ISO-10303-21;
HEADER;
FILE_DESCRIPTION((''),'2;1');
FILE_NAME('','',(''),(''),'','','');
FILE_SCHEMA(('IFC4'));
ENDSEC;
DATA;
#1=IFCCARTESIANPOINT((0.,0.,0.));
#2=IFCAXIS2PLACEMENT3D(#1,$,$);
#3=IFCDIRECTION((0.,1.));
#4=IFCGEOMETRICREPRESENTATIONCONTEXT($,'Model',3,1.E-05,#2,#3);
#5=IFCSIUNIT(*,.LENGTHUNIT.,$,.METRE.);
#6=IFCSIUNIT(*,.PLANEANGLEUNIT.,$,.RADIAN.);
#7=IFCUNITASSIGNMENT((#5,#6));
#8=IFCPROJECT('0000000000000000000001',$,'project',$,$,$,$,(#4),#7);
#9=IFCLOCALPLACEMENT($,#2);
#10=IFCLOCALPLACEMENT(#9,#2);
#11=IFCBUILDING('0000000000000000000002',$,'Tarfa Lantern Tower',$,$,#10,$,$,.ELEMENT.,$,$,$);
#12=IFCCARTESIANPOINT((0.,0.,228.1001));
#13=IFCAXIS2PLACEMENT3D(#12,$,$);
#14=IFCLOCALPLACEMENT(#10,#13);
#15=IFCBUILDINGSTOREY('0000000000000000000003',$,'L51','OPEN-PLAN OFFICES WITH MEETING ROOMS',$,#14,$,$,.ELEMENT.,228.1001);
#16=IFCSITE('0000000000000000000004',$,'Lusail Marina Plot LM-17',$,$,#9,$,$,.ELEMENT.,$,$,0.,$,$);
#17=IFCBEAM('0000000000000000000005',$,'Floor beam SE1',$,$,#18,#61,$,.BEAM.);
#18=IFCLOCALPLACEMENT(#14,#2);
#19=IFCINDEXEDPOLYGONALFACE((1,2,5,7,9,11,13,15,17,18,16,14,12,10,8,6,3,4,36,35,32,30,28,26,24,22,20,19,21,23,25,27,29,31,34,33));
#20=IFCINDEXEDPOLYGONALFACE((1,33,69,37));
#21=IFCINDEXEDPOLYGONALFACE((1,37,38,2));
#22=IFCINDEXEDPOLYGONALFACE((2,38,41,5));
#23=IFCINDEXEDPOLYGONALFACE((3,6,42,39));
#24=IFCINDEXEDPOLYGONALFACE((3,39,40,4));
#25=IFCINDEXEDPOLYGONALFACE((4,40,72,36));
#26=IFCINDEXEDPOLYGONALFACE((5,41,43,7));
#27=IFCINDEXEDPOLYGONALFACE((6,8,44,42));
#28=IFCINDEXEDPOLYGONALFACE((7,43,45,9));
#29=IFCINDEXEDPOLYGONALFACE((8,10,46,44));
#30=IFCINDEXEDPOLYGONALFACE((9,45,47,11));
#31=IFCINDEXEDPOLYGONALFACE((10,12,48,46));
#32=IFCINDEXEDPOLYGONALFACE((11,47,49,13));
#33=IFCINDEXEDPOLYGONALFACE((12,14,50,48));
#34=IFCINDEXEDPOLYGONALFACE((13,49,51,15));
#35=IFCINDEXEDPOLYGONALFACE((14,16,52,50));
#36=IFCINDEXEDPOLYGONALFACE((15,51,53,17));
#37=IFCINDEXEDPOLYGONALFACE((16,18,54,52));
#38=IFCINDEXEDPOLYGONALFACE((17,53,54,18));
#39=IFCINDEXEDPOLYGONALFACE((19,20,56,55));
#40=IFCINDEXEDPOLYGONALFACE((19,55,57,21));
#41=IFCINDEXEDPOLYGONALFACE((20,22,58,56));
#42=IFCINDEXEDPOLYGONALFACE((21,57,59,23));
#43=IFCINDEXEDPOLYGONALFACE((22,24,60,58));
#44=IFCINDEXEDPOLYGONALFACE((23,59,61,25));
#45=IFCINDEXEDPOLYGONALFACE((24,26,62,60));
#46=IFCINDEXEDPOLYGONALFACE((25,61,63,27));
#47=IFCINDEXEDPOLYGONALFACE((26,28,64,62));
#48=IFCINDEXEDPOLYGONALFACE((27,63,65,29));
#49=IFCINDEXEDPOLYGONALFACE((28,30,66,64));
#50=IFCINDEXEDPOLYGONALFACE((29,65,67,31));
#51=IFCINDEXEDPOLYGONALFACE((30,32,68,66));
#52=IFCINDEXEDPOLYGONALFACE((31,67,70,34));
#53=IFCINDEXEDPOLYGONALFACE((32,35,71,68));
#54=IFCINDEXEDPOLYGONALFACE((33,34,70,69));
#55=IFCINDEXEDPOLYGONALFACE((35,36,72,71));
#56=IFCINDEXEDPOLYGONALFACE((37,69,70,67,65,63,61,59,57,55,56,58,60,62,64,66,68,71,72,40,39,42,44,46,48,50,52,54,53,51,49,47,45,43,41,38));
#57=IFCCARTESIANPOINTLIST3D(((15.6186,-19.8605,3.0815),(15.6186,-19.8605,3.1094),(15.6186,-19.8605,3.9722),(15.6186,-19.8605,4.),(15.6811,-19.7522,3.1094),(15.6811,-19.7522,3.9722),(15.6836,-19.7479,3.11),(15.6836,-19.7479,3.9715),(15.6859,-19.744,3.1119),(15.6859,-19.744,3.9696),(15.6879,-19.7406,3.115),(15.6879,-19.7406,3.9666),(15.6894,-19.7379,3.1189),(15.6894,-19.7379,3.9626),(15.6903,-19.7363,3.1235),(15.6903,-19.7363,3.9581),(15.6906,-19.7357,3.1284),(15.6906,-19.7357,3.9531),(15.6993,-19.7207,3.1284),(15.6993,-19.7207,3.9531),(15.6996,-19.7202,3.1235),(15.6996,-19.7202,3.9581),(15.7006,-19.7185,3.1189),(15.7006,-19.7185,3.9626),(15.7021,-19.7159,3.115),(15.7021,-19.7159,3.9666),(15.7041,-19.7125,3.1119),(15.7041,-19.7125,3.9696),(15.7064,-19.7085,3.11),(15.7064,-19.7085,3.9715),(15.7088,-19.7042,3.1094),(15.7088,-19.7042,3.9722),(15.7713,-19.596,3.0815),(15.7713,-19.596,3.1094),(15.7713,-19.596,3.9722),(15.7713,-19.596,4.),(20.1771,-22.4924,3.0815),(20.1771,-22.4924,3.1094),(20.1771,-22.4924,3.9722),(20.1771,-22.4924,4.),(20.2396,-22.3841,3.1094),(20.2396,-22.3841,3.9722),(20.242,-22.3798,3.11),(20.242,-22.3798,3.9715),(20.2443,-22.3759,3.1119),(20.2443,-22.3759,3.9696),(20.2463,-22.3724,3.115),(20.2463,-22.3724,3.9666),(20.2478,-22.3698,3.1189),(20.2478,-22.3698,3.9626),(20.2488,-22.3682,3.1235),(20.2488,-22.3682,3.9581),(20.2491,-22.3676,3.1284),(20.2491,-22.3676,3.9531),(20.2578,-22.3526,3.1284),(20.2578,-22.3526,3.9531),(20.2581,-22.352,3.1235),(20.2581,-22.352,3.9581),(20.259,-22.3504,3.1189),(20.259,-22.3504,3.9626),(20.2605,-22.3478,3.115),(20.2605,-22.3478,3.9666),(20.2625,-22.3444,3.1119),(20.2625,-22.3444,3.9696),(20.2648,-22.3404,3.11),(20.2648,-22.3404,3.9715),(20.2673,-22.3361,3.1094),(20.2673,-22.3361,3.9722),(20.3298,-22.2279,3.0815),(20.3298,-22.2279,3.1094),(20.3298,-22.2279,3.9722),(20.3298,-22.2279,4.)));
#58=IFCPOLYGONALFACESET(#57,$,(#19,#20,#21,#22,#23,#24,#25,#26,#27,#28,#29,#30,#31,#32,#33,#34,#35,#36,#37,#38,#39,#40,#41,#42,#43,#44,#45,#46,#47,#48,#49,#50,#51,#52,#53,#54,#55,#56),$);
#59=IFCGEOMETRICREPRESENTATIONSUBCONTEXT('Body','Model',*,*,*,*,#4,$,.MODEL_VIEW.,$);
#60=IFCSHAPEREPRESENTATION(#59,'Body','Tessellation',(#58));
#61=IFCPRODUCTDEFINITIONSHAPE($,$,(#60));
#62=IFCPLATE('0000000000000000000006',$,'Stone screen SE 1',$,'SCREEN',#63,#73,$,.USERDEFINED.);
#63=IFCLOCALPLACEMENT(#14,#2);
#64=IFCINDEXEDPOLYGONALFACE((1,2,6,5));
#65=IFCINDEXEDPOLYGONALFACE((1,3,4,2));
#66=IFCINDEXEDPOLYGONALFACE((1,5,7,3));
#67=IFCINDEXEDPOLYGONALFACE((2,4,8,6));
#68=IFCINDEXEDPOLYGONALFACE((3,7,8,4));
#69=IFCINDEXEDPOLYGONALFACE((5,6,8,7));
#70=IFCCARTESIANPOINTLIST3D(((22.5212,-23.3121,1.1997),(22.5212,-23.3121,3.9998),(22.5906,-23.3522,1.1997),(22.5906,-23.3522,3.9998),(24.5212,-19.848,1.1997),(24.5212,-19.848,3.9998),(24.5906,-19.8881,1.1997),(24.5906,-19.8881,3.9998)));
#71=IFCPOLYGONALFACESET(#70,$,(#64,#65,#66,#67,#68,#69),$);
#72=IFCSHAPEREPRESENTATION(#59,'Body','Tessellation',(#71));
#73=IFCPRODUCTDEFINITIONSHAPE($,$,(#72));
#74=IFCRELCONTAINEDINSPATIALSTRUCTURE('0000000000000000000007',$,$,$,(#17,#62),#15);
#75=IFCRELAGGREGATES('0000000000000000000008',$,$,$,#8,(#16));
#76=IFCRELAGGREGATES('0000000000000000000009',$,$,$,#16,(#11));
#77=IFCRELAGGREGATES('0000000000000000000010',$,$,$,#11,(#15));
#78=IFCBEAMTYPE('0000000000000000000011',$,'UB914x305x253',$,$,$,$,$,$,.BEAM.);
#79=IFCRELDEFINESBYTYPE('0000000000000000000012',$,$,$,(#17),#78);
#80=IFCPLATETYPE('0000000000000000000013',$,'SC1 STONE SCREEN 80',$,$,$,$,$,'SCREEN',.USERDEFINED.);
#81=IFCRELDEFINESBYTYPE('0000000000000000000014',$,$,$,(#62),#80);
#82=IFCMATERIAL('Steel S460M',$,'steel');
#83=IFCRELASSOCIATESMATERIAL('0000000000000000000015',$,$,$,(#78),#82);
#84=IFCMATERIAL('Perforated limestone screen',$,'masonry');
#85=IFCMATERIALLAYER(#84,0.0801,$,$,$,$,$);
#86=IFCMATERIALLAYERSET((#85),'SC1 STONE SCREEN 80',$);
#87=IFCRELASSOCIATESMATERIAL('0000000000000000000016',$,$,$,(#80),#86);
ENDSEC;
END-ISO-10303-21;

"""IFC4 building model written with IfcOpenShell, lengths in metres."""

from ifc_helpers import new_model, si_unit, direction, frame, origin, origin_2d, place, context, subcontext, project, spatial, rectangle, i_section, extrude, material, layer, layer_set, material_profile, profile_set, type_object, element, save


model = new_model("IFC4")

# Units and contexts
model_context = context("Model", 3, precision=1e-05, world=origin(), true_north=direction((0.0, 1.0)))
body_context = subcontext(model_context, "Body", "Model", "MODEL_VIEW")
ifc_project = project(units=[si_unit("LENGTHUNIT", "METRE"), si_unit("PLANEANGLEUNIT", "RADIAN")], contexts=[model_context])

# Site, building, storey
site_placement = place(None, origin())
site = spatial("IfcSite", under=ifc_project, at=site_placement, Name="Lusail Marina Plot LM-17", CompositionType="ELEMENT", RefElevation=0.0)
building_placement = place(site_placement, origin())
building = spatial("IfcBuilding", under=site, at=building_placement, Name="Tarfa Lantern Tower", CompositionType="ELEMENT")
storey_placement = place(building_placement, frame((0.0, 0.0, 228.1001)))
storey = spatial("IfcBuildingStorey", under=building, at=storey_placement, Name="L51", Description="OPEN-PLAN OFFICES WITH MEETING ROOMS", CompositionType="ELEMENT", Elevation=228.1001)

# Beam
ifc_material_1 = material(Name="Steel S460M", Category="steel")
ifc_material_profile_1 = material_profile(ifc_material_1, i_section(OverallWidth=0.3054, OverallDepth=0.9185, WebThickness=0.0173, FlangeThickness=0.0278, FilletRadius=0.019, at=origin_2d()), Name="UB914x305x253")
ifc_profile_set_1 = profile_set([ifc_material_profile_1], Name="Steel S460M")
beam_type_1 = type_object("IfcBeamType", Name="UB914x305x253", PredefinedType="BEAM", material=ifc_profile_set_1)
beam_1_placement = place(storey_placement, frame((20.2534, -22.3601, 3.5408), z_axis=(-0.86602, 0.50001, 0.0), x_axis=(-0.50001, -0.86602, 0.0)))
element("IfcBeam", 1, at=beam_1_placement, inside=storey, type_object=beam_type_1, Name="Floor beam SE1", PredefinedType="BEAM", context=body_context, shape_type="SweptSolid", body=[
    extrude(i_section(OverallWidth=0.3054, OverallDepth=0.9185, WebThickness=0.0173, FlangeThickness=0.0278, FilletRadius=0.019, at=origin_2d()), origin(), (0.0, 0.0, 1.0), 5.2637),
])

# Plate
ifc_material_2 = material(Name="Perforated limestone screen", Category="masonry")
ifc_layer_1 = layer(ifc_material_2, 0.0801)
ifc_layer_set_1 = layer_set([ifc_layer_1], Name="SC1 STONE SCREEN 80")
plate_type = type_object("IfcPlateType", Name="SC1 STONE SCREEN 80", ElementType="SCREEN", PredefinedType="USERDEFINED", material=ifc_layer_set_1)
plate_placement = place(storey_placement, frame((23.5559, -21.6001, 1.1997), z_axis=(0.0, 0.0, 1.0), x_axis=(0.5, 0.866025, 0.0)))
element("IfcPlate", 2, at=plate_placement, inside=storey, type_object=plate_type, Name="Stone screen SE 1", ObjectType="SCREEN", PredefinedType="USERDEFINED", context=body_context, shape_type="SweptSolid", body=[
    extrude(rectangle(XDim=4.0, YDim=0.0801, at=origin_2d()), origin(), (0.0, 0.0, 1.0), 2.8),
])

save(model, "model.ifc")
